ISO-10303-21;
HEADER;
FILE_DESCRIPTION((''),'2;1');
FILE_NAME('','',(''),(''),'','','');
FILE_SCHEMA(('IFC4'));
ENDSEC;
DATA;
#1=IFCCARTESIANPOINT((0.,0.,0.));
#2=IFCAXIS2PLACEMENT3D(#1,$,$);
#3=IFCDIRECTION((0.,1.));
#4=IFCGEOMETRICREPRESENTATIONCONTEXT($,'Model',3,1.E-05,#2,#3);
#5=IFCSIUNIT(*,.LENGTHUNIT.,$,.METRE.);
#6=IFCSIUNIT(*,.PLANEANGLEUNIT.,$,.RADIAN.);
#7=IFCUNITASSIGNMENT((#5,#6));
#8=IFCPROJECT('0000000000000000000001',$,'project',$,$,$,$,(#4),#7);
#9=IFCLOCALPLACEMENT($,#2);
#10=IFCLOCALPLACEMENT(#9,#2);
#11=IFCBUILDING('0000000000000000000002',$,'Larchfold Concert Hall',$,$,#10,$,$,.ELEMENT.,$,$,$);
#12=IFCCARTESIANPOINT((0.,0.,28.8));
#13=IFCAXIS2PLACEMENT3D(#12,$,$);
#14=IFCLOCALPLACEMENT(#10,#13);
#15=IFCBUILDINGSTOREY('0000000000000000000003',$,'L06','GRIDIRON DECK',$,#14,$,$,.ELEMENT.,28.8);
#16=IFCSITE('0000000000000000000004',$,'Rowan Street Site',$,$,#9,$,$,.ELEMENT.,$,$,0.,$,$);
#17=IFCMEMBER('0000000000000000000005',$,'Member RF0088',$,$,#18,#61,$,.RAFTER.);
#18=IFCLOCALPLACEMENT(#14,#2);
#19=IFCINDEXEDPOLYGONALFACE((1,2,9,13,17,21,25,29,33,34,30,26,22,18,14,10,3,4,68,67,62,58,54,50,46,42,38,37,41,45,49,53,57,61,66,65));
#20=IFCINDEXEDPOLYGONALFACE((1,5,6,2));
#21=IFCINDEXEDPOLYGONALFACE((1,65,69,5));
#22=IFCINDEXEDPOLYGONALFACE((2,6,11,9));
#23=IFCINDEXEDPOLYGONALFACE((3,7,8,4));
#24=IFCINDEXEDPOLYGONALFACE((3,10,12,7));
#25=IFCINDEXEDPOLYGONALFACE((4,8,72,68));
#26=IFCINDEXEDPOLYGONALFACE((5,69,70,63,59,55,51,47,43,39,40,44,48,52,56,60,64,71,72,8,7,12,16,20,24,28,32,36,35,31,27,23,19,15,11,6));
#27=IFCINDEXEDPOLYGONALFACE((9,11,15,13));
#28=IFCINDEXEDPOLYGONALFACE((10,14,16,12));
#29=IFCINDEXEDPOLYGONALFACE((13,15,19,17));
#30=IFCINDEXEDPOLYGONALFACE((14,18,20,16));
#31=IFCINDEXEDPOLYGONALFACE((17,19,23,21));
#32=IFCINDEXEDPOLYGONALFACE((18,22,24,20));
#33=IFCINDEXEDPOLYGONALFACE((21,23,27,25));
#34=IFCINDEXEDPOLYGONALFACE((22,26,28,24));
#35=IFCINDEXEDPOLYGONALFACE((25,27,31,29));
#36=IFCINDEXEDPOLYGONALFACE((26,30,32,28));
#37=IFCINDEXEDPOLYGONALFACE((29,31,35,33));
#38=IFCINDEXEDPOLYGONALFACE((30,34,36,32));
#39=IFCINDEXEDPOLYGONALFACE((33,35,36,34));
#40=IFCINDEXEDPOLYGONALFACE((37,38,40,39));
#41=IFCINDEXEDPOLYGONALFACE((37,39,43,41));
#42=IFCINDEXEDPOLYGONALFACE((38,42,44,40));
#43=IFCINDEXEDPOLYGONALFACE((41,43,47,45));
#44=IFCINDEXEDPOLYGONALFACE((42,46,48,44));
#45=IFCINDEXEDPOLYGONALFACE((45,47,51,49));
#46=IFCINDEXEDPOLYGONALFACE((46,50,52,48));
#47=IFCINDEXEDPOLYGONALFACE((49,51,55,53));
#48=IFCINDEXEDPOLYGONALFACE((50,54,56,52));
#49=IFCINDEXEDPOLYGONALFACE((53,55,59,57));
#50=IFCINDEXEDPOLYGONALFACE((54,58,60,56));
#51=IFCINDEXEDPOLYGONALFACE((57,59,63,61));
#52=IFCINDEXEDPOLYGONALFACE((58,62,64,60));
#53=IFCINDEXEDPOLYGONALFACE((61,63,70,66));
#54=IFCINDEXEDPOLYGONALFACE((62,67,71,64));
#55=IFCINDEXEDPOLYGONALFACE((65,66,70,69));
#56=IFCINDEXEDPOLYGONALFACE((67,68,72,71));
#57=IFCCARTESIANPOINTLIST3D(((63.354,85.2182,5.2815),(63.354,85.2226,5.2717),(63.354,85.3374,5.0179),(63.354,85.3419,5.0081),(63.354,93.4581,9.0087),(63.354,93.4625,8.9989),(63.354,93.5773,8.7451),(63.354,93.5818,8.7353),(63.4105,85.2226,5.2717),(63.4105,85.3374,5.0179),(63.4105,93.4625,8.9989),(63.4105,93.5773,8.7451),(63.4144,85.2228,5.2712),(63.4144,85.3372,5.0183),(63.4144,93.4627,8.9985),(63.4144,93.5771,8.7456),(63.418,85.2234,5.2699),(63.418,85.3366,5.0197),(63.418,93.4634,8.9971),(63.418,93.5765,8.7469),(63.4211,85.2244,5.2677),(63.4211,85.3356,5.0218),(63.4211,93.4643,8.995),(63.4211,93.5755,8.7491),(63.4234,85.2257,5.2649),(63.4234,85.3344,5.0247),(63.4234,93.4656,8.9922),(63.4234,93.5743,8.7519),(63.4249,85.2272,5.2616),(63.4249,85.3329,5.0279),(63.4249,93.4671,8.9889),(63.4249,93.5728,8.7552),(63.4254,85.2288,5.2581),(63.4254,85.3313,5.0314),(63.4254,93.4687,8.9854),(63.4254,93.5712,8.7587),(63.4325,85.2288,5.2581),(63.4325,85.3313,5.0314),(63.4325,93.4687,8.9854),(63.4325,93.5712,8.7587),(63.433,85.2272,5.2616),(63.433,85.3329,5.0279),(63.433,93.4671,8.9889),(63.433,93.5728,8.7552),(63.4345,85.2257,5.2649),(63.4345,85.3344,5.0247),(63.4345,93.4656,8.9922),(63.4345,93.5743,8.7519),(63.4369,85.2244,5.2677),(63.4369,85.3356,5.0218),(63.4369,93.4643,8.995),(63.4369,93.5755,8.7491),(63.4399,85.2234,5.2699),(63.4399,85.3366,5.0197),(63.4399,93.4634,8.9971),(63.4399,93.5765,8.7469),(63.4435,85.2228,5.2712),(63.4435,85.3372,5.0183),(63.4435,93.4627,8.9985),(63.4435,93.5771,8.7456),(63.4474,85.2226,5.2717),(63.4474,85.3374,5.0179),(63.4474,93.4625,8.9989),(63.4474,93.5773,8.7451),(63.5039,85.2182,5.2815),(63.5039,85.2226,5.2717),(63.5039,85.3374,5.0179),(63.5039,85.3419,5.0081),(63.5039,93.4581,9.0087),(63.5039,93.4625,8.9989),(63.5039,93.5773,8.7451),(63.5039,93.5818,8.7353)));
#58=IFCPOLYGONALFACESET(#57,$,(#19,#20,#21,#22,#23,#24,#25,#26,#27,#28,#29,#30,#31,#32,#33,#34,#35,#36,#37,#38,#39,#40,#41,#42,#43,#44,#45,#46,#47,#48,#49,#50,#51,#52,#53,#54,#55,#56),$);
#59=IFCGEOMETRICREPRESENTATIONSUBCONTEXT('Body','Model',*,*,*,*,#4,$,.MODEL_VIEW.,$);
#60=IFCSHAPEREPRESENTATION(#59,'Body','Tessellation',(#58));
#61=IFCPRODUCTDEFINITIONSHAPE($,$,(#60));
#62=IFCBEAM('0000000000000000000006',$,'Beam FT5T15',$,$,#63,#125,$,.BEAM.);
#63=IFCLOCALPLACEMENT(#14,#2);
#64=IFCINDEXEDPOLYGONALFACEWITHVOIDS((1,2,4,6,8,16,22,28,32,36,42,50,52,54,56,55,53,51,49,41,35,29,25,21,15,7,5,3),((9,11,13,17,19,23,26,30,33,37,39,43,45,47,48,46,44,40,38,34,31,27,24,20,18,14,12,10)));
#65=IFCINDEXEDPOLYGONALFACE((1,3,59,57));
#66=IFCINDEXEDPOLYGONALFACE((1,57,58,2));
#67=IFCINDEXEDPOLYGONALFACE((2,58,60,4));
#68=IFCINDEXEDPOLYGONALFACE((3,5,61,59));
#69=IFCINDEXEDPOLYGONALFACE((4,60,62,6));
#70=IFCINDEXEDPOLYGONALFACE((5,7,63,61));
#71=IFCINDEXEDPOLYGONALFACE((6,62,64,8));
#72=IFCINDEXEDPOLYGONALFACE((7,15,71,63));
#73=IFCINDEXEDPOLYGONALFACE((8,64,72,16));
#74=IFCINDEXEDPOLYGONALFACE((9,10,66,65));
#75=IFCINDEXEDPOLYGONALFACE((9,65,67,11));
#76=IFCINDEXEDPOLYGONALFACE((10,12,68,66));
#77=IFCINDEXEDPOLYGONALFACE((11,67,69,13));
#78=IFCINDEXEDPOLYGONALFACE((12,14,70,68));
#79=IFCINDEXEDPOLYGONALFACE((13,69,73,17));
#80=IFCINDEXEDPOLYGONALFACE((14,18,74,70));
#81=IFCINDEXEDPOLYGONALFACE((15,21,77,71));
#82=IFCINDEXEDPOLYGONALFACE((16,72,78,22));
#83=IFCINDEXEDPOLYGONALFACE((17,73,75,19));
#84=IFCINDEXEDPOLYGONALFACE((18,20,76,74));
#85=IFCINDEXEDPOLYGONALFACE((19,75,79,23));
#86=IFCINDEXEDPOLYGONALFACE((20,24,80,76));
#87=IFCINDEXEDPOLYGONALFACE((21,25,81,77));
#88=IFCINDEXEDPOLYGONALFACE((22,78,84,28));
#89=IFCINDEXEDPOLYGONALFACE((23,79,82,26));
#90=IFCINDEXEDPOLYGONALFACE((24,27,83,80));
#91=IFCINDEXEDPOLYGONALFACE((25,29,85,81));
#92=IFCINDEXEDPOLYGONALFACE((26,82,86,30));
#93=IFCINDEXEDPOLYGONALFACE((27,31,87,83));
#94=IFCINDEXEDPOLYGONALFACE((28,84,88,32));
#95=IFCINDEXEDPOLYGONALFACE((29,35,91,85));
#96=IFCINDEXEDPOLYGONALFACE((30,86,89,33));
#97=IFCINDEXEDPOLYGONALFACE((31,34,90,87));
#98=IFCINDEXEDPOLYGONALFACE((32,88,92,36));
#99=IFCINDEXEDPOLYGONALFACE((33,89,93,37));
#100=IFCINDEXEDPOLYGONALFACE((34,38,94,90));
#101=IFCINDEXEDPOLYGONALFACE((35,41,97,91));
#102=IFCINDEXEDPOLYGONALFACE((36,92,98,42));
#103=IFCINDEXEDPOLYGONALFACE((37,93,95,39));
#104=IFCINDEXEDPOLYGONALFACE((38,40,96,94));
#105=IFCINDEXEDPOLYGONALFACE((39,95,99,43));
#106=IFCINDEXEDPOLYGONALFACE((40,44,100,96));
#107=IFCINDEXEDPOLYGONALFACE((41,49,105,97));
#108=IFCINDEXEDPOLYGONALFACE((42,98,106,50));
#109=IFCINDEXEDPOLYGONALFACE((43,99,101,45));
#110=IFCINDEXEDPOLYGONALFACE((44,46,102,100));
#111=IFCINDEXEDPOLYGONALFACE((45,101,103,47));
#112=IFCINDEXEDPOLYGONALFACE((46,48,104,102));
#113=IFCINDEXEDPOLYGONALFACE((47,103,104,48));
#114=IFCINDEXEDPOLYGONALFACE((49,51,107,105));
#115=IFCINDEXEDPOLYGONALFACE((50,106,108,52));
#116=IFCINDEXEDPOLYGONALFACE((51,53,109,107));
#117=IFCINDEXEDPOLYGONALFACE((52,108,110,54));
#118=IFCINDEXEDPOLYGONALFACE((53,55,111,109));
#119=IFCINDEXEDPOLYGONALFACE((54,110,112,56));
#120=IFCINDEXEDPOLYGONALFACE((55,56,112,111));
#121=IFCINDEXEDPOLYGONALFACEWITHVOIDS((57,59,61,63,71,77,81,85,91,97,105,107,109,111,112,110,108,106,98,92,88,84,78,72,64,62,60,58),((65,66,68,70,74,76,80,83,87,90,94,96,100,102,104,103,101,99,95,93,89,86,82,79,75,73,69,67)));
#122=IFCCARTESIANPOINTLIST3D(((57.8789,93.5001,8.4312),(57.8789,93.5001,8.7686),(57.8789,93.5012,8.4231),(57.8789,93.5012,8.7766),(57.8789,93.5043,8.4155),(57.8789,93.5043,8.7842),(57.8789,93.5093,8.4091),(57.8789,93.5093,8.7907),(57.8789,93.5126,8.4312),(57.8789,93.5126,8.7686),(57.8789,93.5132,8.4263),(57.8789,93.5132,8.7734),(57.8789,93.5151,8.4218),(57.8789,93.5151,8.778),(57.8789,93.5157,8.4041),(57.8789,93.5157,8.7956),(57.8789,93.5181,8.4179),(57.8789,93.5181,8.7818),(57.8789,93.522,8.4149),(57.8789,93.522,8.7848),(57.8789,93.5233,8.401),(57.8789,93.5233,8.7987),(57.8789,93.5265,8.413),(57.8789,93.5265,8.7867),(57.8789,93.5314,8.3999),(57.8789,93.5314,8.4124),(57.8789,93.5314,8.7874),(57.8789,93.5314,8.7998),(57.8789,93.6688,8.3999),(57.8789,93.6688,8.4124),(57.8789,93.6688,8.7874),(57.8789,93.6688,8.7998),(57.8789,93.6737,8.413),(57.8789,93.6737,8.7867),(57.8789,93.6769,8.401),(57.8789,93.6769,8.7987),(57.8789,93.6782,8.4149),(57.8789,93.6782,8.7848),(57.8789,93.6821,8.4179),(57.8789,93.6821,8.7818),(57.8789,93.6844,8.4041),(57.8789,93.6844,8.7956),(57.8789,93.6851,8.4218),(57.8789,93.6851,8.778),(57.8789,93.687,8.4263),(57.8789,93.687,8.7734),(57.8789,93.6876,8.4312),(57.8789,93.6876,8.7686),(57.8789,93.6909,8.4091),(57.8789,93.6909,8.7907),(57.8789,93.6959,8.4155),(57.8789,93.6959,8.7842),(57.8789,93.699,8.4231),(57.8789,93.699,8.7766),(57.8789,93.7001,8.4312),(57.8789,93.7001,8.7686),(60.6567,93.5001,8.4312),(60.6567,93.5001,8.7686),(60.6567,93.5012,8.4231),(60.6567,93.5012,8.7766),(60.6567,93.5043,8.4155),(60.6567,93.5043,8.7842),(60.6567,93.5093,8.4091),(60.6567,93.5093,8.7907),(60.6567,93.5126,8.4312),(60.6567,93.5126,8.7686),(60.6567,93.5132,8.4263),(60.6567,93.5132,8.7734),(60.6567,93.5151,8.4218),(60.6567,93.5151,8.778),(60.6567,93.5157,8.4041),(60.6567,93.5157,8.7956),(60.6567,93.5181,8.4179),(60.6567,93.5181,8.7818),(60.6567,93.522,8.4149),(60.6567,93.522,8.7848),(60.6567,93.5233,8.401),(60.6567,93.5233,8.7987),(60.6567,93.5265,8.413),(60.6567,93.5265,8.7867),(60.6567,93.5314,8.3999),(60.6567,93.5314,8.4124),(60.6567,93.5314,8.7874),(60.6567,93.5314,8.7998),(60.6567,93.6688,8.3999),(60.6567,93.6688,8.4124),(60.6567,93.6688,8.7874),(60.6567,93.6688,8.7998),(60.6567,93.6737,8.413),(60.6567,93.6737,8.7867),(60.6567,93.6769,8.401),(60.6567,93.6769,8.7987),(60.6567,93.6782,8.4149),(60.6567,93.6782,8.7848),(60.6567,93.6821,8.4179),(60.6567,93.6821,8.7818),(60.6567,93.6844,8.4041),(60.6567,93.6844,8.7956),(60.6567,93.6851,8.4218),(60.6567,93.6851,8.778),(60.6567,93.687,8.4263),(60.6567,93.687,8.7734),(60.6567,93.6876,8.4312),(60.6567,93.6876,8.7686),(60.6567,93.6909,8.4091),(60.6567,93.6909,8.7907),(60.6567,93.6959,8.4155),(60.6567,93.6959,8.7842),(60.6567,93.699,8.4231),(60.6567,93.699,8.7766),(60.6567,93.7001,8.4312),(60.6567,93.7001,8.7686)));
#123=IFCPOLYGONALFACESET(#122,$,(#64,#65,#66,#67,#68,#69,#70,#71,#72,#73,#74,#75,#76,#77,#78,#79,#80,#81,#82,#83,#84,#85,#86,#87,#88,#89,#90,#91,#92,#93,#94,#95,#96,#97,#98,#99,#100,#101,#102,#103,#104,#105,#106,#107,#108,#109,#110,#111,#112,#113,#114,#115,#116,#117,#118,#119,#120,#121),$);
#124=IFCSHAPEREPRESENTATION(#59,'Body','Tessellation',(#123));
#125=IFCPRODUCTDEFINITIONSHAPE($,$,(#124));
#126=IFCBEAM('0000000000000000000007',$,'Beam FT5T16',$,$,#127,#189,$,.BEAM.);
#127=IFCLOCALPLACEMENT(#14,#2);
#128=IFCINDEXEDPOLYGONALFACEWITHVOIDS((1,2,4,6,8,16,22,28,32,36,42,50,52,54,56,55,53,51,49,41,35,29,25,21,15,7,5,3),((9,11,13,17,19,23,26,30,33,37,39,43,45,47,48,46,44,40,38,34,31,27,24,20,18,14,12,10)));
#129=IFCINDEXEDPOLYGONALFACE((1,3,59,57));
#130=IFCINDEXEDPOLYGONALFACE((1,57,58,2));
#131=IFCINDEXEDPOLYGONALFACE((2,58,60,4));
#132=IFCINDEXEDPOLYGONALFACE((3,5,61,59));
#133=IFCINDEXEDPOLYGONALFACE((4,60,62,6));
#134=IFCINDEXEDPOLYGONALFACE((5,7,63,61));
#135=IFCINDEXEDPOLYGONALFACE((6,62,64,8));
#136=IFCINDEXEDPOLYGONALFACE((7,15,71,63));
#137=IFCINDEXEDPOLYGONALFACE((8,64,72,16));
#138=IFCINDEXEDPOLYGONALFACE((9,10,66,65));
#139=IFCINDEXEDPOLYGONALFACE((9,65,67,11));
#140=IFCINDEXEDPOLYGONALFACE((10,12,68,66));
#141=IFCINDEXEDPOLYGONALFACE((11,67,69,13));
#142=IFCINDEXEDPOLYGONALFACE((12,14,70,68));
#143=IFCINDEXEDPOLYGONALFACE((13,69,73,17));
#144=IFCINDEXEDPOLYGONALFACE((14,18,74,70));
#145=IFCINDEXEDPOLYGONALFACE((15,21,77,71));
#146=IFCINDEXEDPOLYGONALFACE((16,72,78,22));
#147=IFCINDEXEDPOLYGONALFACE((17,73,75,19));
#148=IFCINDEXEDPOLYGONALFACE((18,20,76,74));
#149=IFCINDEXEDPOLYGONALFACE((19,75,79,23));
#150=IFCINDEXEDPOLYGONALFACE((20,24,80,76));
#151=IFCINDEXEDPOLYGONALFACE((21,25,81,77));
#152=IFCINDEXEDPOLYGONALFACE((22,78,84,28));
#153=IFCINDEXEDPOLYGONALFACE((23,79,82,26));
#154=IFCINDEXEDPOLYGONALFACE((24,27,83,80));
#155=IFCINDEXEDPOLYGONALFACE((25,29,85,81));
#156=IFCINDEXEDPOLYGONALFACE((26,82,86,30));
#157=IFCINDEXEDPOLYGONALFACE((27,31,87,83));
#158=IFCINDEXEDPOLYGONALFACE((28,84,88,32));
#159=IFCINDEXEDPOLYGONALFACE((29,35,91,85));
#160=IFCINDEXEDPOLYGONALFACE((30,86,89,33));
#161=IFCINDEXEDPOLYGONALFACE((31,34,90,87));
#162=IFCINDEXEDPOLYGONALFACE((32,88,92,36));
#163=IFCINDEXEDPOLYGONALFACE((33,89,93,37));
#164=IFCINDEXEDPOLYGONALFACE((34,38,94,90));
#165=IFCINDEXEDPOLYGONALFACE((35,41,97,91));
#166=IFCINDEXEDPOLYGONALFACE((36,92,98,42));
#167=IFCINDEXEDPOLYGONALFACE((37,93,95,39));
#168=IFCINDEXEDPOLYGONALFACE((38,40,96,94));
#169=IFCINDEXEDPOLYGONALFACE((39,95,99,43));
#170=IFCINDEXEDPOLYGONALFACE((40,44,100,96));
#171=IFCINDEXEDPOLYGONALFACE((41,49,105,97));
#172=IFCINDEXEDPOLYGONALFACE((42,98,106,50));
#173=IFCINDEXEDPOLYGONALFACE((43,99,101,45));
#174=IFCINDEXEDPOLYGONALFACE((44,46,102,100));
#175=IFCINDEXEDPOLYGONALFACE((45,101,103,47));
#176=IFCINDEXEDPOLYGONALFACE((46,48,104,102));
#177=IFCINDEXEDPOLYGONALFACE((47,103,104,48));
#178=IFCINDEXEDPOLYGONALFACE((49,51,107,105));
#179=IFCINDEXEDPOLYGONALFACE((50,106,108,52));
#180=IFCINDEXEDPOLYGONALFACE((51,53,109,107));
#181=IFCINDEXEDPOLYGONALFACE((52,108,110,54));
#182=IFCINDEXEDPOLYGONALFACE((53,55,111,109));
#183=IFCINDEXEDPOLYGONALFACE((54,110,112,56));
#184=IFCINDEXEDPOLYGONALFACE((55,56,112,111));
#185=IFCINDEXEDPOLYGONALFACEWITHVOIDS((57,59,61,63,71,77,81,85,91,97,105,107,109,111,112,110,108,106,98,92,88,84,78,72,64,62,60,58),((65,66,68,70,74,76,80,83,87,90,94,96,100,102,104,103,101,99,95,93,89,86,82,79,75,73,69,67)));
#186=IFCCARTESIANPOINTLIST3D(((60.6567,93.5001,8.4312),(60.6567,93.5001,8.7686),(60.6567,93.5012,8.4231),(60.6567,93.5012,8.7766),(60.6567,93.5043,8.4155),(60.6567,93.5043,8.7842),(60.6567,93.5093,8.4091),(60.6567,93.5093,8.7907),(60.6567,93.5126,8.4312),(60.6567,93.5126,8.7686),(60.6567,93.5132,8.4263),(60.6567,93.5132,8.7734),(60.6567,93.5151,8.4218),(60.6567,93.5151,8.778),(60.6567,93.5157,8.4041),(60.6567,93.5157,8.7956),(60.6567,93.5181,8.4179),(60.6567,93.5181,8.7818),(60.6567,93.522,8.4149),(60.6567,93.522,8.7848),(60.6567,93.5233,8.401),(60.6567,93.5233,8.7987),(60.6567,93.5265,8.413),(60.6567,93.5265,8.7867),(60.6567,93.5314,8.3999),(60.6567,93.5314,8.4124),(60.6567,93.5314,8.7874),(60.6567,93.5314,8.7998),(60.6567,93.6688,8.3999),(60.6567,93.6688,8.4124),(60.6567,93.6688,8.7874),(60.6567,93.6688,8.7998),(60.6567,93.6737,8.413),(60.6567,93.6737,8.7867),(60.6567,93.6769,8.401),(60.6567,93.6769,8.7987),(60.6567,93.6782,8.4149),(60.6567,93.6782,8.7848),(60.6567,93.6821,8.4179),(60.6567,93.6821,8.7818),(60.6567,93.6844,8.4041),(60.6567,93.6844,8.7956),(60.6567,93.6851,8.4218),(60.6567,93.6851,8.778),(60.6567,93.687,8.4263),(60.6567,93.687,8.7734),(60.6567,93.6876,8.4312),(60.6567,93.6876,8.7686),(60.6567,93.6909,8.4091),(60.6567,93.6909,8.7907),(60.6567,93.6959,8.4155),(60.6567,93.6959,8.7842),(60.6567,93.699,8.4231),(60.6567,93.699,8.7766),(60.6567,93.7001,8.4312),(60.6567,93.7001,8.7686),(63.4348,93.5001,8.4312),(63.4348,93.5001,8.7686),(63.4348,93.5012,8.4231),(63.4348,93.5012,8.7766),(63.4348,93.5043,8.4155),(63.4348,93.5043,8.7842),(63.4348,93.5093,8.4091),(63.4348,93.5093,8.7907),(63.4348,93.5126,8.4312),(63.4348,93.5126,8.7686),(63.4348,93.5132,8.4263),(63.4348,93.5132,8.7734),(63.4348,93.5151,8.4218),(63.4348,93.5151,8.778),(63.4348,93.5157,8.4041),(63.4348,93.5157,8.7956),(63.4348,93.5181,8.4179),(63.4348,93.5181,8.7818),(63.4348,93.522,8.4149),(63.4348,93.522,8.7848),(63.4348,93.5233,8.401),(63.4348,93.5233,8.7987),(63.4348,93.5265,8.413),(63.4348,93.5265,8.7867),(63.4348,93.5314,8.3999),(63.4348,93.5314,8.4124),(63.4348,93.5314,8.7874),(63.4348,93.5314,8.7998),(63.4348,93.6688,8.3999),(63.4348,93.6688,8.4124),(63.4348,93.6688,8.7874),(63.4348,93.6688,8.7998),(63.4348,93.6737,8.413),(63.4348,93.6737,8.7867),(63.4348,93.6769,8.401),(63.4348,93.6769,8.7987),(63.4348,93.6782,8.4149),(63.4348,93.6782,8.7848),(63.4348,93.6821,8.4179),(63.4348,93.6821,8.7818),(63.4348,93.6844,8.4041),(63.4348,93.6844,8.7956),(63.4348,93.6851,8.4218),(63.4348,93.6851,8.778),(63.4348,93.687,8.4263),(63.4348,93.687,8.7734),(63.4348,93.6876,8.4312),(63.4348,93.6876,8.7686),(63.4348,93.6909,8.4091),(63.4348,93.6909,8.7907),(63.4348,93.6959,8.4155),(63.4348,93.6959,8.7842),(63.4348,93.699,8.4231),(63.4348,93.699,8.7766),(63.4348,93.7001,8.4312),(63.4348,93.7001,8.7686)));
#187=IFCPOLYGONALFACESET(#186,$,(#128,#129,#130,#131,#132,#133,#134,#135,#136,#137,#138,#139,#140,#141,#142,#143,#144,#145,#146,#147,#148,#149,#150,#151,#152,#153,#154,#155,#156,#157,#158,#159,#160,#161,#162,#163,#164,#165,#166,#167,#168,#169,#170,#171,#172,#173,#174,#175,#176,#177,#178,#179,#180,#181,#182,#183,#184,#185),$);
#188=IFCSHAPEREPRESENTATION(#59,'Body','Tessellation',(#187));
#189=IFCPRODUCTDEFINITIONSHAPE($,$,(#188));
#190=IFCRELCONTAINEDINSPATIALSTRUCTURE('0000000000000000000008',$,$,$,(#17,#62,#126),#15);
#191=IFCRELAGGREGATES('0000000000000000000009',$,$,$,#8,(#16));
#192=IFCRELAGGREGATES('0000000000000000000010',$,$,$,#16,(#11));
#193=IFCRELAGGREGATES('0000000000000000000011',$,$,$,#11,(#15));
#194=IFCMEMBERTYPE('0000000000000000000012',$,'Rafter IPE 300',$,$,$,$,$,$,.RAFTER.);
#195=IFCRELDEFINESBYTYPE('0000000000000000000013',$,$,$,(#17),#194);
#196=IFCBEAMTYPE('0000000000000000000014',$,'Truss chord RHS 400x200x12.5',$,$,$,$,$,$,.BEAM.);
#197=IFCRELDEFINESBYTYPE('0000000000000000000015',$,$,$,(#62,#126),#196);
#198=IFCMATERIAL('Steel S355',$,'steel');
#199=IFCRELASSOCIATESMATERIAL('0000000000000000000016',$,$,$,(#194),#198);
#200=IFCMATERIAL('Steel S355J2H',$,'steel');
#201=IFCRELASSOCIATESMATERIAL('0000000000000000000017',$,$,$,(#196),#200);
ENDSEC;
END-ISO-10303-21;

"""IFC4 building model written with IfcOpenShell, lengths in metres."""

from ifc_helpers import new_model, si_unit, direction, frame, origin, origin_2d, place, context, subcontext, project, spatial, hollow_rectangle, i_section, extrude, material, material_profile, profile_set, type_object, element, save


model = new_model("IFC4")

# Units and contexts
model_context = context("Model", 3, precision=1e-05, world=origin(), true_north=direction((0.0, 1.0)))
body_context = subcontext(model_context, "Body", "Model", "MODEL_VIEW")
ifc_project = project(units=[si_unit("LENGTHUNIT", "METRE"), si_unit("PLANEANGLEUNIT", "RADIAN")], contexts=[model_context])

# Site, building, storey
site_placement = place(None, origin())
site = spatial("IfcSite", under=ifc_project, at=site_placement, Name="Rowan Street Site", CompositionType="ELEMENT", RefElevation=0.0)
building_placement = place(site_placement, origin())
building = spatial("IfcBuilding", under=site, at=building_placement, Name="Larchfold Concert Hall", CompositionType="ELEMENT")
storey_placement = place(building_placement, frame((0.0, 0.0, 28.8)))
storey = spatial("IfcBuildingStorey", under=building, at=storey_placement, Name="L06", Description="GRIDIRON DECK", CompositionType="ELEMENT", Elevation=28.8)

# Member
ifc_material_1 = material(Name="Steel S355", Category="steel")
ifc_material_profile_1 = material_profile(ifc_material_1, i_section(OverallWidth=0.1499, OverallDepth=0.3, WebThickness=0.0071, FlangeThickness=0.0107, FilletRadius=0.0149, at=origin_2d()))
ifc_profile_set_1 = profile_set([ifc_material_profile_1], Name="Steel S355")
member_type_1 = type_object("IfcMemberType", Name="Rafter IPE 300", PredefinedType="RAFTER", material=ifc_profile_set_1)
for number, where, z_axis, x_axis, name in (
    (1, (63.429, 85.28, 5.1448), (0.0, 0.911121, 0.412139), (-1.0, 0.0, 0.0), "Member RF0088"),
):
    element("IfcMember", number, at=place(storey_placement, frame(where, z_axis=z_axis, x_axis=x_axis)), inside=storey, type_object=member_type_1, Name=name, PredefinedType="RAFTER", context=body_context, shape_type="SweptSolid", body=[
        extrude(i_section(OverallWidth=0.1499, OverallDepth=0.3, WebThickness=0.0071, FlangeThickness=0.0107, FilletRadius=0.0149, at=origin_2d()), origin(), (0.0, 0.0, 1.0), 9.0437),
    ])

# Beams
ifc_material_2 = material(Name="Steel S355J2H", Category="steel")
ifc_material_profile_2 = material_profile(ifc_material_2, hollow_rectangle(XDim=0.2, YDim=0.3999, WallThickness=0.0125, InnerFilletRadius=0.0188, OuterFilletRadius=0.0312, at=origin_2d()))
ifc_profile_set_2 = profile_set([ifc_material_profile_2], Name="Steel S355J2H")
beam_type_1 = type_object("IfcBeamType", Name="Truss chord RHS 400x200x12.5", PredefinedType="BEAM", material=ifc_profile_set_2)
beam_1_placement = place(storey_placement, frame((57.8789, 93.6001, 8.5999), z_axis=(1.0, 0.0, 0.0), x_axis=(0.0, 1.0, 0.0)))
element("IfcBeam", 2, at=beam_1_placement, inside=storey, type_object=beam_type_1, Name="Beam FT5T15", PredefinedType="BEAM", context=body_context, shape_type="SweptSolid", body=[
    extrude(hollow_rectangle(XDim=0.2, YDim=0.3999, WallThickness=0.0125, InnerFilletRadius=0.0188, OuterFilletRadius=0.0312, at=origin_2d()), origin(), (0.0, 0.0, 1.0), 2.7778),
])
beam_2_placement = place(storey_placement, frame((60.6567, 93.6001, 8.5999), z_axis=(1.0, 0.0, 0.0), x_axis=(0.0, 1.0, 0.0)))
element("IfcBeam", 3, at=beam_2_placement, inside=storey, type_object=beam_type_1, Name="Beam FT5T16", PredefinedType="BEAM", context=body_context, shape_type="SweptSolid", body=[
    extrude(hollow_rectangle(XDim=0.2, YDim=0.3999, WallThickness=0.0125, InnerFilletRadius=0.0188, OuterFilletRadius=0.0312, at=origin_2d()), origin(), (0.0, 0.0, 1.0), 2.7781),
])

save(model, "model.ifc")
